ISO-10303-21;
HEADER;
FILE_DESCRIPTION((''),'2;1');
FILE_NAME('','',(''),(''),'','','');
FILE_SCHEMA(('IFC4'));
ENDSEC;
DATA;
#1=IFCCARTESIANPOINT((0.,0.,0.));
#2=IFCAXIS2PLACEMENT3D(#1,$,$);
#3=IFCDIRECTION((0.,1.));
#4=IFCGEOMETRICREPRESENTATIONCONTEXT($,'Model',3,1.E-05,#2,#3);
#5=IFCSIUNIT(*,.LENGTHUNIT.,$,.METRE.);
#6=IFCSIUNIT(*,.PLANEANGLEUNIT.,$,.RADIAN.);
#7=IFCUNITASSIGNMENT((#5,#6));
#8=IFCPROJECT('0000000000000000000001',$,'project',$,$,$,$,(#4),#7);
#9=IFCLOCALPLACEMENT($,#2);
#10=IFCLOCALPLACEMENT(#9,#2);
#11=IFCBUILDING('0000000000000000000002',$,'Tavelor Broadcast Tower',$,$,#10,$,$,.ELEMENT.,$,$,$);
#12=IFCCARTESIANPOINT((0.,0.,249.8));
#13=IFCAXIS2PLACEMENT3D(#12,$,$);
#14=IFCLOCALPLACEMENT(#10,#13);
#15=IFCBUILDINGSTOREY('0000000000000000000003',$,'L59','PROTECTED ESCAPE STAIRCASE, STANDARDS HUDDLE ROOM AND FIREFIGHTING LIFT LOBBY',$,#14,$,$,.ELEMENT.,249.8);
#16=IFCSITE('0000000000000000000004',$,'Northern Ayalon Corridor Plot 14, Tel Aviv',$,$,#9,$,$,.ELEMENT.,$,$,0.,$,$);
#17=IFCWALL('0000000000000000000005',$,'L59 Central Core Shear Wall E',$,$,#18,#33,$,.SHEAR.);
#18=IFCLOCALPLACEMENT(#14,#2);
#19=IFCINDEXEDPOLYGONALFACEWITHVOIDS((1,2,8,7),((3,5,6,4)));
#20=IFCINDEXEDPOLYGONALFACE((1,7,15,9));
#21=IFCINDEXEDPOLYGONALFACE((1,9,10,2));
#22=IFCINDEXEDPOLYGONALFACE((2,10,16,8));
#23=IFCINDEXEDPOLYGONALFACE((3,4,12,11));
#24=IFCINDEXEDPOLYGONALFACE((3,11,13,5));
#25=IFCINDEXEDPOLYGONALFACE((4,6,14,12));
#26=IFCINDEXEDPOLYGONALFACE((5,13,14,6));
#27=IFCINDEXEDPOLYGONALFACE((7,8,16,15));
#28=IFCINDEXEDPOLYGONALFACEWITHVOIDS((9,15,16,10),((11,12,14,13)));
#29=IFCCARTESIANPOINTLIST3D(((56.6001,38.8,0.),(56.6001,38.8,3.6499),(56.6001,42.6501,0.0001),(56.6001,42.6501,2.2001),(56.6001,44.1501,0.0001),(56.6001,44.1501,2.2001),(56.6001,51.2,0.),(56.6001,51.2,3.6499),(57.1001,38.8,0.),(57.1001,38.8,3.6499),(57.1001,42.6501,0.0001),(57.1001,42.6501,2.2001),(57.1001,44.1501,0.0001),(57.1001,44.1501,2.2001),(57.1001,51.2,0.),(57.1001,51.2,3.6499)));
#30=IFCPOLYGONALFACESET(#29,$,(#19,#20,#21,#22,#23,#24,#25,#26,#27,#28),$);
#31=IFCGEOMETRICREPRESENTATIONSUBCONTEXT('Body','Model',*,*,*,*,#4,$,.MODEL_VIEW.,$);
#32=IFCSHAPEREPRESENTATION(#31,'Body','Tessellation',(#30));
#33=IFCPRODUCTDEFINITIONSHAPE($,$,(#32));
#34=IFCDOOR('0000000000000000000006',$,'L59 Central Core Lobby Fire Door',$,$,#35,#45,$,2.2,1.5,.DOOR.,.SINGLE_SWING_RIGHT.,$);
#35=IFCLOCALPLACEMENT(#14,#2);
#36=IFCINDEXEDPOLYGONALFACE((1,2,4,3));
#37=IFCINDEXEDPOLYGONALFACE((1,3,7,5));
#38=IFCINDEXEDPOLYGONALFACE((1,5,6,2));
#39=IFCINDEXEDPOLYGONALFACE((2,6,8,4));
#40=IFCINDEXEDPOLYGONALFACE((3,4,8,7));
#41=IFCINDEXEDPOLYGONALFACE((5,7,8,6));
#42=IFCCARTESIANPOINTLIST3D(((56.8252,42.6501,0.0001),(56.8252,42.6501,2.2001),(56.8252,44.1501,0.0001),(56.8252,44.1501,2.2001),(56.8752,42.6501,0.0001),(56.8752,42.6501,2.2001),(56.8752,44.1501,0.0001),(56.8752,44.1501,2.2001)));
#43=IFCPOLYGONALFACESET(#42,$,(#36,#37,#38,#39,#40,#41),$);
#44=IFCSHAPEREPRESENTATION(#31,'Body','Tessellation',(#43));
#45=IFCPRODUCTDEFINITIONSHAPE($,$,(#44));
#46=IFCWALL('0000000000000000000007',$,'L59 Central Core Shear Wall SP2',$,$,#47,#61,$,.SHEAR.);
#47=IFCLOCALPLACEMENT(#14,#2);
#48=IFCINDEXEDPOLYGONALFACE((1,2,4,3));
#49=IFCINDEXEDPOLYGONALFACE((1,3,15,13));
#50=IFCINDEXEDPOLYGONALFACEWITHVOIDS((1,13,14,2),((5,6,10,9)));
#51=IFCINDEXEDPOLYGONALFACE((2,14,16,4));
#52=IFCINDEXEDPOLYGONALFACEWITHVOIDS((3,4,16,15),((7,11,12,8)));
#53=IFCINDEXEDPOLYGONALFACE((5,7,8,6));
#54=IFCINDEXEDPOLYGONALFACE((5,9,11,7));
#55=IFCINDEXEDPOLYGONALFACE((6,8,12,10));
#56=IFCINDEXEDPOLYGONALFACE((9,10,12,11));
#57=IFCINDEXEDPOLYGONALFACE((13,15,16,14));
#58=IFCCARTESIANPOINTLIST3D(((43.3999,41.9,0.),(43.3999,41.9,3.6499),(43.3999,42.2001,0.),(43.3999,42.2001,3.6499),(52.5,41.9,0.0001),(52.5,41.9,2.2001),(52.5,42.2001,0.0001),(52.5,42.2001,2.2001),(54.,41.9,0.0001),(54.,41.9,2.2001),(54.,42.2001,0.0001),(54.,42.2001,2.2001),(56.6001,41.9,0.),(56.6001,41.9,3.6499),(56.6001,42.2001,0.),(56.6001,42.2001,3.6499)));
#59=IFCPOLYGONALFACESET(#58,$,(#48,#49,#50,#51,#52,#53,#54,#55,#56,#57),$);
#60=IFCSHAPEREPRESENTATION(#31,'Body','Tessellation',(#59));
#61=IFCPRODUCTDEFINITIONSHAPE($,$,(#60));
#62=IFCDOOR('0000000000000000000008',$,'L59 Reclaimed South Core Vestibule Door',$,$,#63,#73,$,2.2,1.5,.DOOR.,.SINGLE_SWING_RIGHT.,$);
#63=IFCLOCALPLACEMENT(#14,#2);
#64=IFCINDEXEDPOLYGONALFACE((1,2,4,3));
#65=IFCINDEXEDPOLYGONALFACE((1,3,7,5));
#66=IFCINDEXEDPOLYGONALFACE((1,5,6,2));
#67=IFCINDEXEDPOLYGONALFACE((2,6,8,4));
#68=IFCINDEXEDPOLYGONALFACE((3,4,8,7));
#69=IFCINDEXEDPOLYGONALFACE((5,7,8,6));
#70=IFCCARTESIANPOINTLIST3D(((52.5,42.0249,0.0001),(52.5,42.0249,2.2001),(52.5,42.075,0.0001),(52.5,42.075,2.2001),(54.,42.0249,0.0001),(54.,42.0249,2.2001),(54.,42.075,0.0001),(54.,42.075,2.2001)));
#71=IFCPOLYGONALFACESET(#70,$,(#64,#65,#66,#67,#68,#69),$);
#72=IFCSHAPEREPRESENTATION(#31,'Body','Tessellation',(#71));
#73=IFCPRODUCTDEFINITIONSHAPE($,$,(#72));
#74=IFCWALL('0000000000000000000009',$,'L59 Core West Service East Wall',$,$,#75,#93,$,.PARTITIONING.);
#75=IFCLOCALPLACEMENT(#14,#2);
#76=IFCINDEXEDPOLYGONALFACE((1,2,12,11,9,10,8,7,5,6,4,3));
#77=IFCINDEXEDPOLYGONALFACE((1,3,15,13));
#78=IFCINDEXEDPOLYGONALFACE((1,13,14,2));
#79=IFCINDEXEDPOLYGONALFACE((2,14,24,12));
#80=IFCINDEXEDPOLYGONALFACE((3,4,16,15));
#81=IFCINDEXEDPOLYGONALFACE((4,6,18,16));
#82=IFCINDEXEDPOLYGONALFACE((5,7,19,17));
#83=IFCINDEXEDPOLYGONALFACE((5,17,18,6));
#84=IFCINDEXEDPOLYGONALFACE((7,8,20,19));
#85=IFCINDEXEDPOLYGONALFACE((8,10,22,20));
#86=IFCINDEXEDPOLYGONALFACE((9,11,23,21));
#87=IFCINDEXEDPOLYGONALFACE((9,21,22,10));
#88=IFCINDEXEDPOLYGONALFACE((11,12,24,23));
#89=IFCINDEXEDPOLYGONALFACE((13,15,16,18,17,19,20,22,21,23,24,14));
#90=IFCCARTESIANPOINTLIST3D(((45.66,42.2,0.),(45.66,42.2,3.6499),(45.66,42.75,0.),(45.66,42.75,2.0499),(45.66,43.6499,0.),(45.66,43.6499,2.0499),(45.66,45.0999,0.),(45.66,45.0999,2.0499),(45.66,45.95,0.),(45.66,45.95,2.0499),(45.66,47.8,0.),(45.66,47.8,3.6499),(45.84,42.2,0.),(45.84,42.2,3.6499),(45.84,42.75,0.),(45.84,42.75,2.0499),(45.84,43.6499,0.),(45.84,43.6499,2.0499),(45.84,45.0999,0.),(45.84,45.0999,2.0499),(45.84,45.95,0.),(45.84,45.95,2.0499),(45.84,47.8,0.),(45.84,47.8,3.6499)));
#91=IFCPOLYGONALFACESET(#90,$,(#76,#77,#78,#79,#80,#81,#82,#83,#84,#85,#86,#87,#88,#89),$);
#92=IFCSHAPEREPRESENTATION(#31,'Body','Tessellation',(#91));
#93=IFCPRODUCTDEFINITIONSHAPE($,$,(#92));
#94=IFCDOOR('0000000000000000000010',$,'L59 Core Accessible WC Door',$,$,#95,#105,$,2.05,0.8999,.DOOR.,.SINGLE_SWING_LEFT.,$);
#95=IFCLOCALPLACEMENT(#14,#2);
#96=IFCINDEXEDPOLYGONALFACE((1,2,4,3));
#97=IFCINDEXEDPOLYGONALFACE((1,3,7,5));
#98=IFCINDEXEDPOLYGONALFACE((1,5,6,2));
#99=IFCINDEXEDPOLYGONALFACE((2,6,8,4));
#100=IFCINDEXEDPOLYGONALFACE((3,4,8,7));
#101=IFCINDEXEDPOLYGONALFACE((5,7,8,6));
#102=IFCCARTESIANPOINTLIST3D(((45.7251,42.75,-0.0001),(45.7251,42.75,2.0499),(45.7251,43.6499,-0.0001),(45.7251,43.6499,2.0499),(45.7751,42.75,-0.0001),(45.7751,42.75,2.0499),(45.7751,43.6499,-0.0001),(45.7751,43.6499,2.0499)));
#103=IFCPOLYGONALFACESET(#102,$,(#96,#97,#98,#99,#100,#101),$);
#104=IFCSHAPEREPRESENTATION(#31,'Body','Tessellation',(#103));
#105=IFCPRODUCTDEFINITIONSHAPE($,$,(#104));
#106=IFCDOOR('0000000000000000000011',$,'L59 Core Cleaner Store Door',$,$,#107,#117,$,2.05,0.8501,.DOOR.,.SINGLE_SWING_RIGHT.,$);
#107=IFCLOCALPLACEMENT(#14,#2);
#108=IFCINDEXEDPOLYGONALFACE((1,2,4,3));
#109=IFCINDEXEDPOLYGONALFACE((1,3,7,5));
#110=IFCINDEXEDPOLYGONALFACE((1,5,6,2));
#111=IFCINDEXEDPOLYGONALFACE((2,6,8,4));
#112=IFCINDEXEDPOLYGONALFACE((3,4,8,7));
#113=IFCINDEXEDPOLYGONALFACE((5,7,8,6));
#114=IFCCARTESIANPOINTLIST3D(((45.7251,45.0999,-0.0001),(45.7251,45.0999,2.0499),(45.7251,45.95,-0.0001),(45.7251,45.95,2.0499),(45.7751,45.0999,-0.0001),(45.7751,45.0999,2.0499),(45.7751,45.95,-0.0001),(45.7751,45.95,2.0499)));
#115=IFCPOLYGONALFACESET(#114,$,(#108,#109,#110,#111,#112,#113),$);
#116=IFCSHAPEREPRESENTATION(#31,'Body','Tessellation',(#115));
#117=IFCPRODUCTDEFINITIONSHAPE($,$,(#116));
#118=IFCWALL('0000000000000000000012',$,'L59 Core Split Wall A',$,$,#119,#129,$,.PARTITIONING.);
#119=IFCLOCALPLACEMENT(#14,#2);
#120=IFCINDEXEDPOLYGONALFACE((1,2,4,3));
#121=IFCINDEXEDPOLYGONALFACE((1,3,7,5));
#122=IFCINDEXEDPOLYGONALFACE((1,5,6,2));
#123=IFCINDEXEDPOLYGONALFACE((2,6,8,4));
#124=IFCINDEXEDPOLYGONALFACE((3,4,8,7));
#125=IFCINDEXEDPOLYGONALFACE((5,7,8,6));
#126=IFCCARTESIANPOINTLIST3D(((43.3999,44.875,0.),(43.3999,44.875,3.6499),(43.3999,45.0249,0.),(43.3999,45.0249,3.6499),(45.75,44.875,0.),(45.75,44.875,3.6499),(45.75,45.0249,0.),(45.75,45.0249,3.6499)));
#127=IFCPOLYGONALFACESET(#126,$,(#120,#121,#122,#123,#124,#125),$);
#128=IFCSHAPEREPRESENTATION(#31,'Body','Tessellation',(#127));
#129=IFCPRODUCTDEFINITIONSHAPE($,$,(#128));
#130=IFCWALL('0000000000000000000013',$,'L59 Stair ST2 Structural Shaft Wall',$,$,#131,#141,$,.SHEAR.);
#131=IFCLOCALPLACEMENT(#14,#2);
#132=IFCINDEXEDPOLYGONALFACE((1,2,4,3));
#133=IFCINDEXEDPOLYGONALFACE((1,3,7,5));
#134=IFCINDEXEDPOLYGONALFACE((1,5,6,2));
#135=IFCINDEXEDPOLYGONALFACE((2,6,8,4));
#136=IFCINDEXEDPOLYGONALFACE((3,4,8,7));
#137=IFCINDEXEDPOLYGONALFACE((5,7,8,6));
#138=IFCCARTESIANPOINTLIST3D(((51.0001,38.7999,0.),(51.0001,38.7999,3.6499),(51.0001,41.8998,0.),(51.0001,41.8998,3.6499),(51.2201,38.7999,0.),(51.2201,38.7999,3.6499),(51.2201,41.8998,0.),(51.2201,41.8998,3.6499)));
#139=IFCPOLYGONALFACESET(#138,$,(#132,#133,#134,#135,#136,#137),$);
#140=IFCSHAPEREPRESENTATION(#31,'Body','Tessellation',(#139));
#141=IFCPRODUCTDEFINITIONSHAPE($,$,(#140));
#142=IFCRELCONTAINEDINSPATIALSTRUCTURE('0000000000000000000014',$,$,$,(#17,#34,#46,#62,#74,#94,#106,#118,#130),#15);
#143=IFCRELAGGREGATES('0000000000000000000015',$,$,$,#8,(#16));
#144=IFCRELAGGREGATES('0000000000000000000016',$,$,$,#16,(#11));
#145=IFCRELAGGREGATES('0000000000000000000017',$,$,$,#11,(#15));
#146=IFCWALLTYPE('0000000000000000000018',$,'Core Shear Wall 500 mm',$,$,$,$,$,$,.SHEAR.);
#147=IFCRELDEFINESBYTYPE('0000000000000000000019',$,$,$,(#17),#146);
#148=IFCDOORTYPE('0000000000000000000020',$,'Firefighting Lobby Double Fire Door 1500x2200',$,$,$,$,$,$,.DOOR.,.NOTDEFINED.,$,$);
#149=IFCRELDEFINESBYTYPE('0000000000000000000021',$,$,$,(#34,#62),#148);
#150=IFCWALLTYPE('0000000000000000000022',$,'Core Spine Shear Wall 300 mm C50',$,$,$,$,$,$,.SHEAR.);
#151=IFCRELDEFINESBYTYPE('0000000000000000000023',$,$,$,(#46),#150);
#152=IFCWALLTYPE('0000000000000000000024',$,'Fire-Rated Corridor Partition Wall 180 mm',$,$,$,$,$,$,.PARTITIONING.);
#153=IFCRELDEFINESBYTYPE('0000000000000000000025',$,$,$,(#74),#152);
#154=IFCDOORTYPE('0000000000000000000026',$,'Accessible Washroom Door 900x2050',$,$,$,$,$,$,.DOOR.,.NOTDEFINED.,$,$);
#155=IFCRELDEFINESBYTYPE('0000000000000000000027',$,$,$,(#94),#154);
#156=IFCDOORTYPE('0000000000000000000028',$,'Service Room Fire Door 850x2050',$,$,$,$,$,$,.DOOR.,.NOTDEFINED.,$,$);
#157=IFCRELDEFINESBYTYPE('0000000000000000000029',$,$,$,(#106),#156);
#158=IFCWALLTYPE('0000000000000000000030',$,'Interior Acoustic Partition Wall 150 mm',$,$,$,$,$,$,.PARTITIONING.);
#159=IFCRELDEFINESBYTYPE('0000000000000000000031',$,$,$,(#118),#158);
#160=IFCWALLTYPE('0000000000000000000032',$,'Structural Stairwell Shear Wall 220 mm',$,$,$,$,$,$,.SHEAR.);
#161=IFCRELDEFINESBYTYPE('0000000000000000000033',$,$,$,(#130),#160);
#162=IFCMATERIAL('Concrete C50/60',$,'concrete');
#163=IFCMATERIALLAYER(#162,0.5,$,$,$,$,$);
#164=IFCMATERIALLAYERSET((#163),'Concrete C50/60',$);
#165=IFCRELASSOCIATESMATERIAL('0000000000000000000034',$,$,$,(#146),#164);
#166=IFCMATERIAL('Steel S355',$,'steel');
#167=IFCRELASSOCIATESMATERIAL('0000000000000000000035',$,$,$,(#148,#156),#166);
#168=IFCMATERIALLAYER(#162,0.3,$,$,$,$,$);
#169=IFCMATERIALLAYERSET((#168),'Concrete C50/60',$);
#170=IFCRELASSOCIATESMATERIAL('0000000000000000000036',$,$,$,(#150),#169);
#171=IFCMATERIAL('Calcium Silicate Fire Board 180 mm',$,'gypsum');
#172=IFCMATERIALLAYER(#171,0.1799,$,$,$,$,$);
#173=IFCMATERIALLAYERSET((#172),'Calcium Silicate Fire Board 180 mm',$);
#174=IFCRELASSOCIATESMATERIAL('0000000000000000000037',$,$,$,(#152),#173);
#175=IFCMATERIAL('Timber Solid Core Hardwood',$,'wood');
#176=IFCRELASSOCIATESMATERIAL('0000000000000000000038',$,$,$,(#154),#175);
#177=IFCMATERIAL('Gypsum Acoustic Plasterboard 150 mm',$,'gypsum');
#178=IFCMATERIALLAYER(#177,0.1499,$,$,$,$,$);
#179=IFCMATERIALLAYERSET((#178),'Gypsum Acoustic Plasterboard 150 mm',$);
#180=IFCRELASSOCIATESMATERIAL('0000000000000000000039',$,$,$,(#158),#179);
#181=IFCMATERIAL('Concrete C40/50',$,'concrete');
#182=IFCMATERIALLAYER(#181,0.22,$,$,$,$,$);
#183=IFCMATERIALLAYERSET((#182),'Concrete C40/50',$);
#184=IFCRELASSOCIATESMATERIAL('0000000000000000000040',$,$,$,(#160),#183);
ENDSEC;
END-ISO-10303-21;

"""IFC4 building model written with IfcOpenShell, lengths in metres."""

from ifc_helpers import new_model, si_unit, direction, frame, frame_2d, origin, place, context, subcontext, project, spatial, rectangle, extrude, material, layer, layer_set, type_object, element, fill, save


model = new_model("IFC4")

# Units and contexts
model_context = context("Model", 3, precision=1e-05, world=origin(), true_north=direction((0.0, 1.0)))
body_context = subcontext(model_context, "Body", "Model", "MODEL_VIEW")
ifc_project = project(units=[si_unit("LENGTHUNIT", "METRE"), si_unit("PLANEANGLEUNIT", "RADIAN")], contexts=[model_context])

# Site, building, storey
site_placement = place(None, origin())
site = spatial("IfcSite", under=ifc_project, at=site_placement, Name="Northern Ayalon Corridor Plot 14, Tel Aviv", CompositionType="ELEMENT", RefElevation=0.0)
building_placement = place(site_placement, origin())
building = spatial("IfcBuilding", under=site, at=building_placement, Name="Tavelor Broadcast Tower", CompositionType="ELEMENT")
storey_placement = place(building_placement, frame((0.0, 0.0, 249.8)))
storey = spatial("IfcBuildingStorey", under=building, at=storey_placement, Name="L59", Description="PROTECTED ESCAPE STAIRCASE, STANDARDS HUDDLE ROOM AND FIREFIGHTING LIFT LOBBY", CompositionType="ELEMENT", Elevation=249.8)

# Shared definitions
ifc_material_1 = material(Name="Concrete C50/60", Category="concrete")

# Shared definitions
ifc_material_2 = material(Name="Concrete C40/50", Category="concrete")
ifc_material_3 = material(Name="Steel S355", Category="steel")

# Walls, openings, doors
ifc_layer_1 = layer(ifc_material_1, 0.5)
ifc_layer_set_1 = layer_set([ifc_layer_1], Name="Concrete C50/60")
wall_type_1 = type_object("IfcWallType", Name="Core Shear Wall 500 mm", PredefinedType="SHEAR", material=ifc_layer_set_1)
wall_1_placement = place(storey_placement, frame((56.8501, 38.8, 0.0), z_axis=(0.0, 0.0, 1.0), x_axis=(0.0, 1.0, 0.0)))
wall_1 = element("IfcWall", 1, at=wall_1_placement, inside=storey, type_object=wall_type_1, Name="L59 Central Core Shear Wall E", PredefinedType="SHEAR", context=body_context, shape_type="SweptSolid", body=[
    extrude(rectangle(XDim=12.3999, YDim=0.5, at=frame_2d((6.2, 0.0))), origin(), (0.0, 0.0, 1.0), 3.6499),
])
opening_1_placement = place(wall_1_placement, frame((3.8501, 0.0, 0.0)))
opening_1 = element("IfcOpeningElement", 2, at=opening_1_placement, cuts=wall_1, PredefinedType="OPENING", context=body_context, shape_type="SweptSolid", body=[
    extrude(rectangle(XDim=1.5, YDim=2.2, at=frame_2d((0.75, 1.1001))), frame((0.0, 0.26, 0.0), z_axis=(0.0, -1.0, 0.0), x_axis=(1.0, 0.0, 0.0)), (0.0, 0.0, 1.0), 0.52),
])
door_type_1 = type_object("IfcDoorType", Name="Firefighting Lobby Double Fire Door 1500x2200", OperationType="NOTDEFINED", PredefinedType="DOOR", material=ifc_material_3)
door_1_placement = place(opening_1_placement, origin())
door_1 = element("IfcDoor", 3, at=door_1_placement, inside=storey, type_object=door_type_1, Name="L59 Central Core Lobby Fire Door", OperationType="SINGLE_SWING_RIGHT", OverallHeight=2.2, OverallWidth=1.5, PredefinedType="DOOR", context=body_context, shape_type="SweptSolid", body=[
    extrude(rectangle(XDim=1.5, YDim=2.2, at=frame_2d((0.75, 1.1001))), frame((0.0, 0.0249, 0.0), z_axis=(0.0, -1.0, 0.0), x_axis=(1.0, 0.0, 0.0)), (0.0, 0.0, 1.0), 0.05),
])
fill(opening_1, door_1)
ifc_layer_2 = layer(ifc_material_1, 0.3)
ifc_layer_set_2 = layer_set([ifc_layer_2], Name="Concrete C50/60")
wall_type_2 = type_object("IfcWallType", Name="Core Spine Shear Wall 300 mm C50", PredefinedType="SHEAR", material=ifc_layer_set_2)
wall_2_placement = place(storey_placement, frame((43.3999, 42.05, 0.0), z_axis=(0.0, 0.0, 1.0), x_axis=(1.0, 0.0, 0.0)))
wall_2 = element("IfcWall", 4, at=wall_2_placement, inside=storey, type_object=wall_type_2, Name="L59 Central Core Shear Wall SP2", PredefinedType="SHEAR", context=body_context, shape_type="SweptSolid", body=[
    extrude(rectangle(XDim=13.2002, YDim=0.3, at=frame_2d((6.6001, 0.0))), origin(), (0.0, 0.0, 1.0), 3.6499),
])
opening_2_placement = place(wall_2_placement, frame((9.1001, 0.0, 0.0)))
opening_2 = element("IfcOpeningElement", 5, at=opening_2_placement, cuts=wall_2, PredefinedType="OPENING", context=body_context, shape_type="SweptSolid", body=[
    extrude(rectangle(XDim=1.5, YDim=2.2, at=frame_2d((0.75, 1.1001))), frame((0.0, 0.1602, 0.0), z_axis=(0.0, -1.0, 0.0), x_axis=(1.0, 0.0, 0.0)), (0.0, 0.0, 1.0), 0.3201),
])
door_2_placement = place(opening_2_placement, origin())
door_2 = element("IfcDoor", 6, at=door_2_placement, inside=storey, type_object=door_type_1, Name="L59 Reclaimed South Core Vestibule Door", OperationType="SINGLE_SWING_RIGHT", OverallHeight=2.2, OverallWidth=1.5, PredefinedType="DOOR", context=body_context, shape_type="SweptSolid", body=[
    extrude(rectangle(XDim=1.5, YDim=2.2, at=frame_2d((0.75, 1.1001))), frame((0.0, 0.0249, 0.0), z_axis=(0.0, -1.0, 0.0), x_axis=(1.0, 0.0, 0.0)), (0.0, 0.0, 1.0), 0.05),
])
fill(opening_2, door_2)

# Wall, openings, doors
ifc_material_4 = material(Name="Calcium Silicate Fire Board 180 mm", Category="gypsum")
ifc_layer_3 = layer(ifc_material_4, 0.1799)
ifc_layer_set_3 = layer_set([ifc_layer_3], Name="Calcium Silicate Fire Board 180 mm")
wall_type_3 = type_object("IfcWallType", Name="Fire-Rated Corridor Partition Wall 180 mm", PredefinedType="PARTITIONING", material=ifc_layer_set_3)
wall_3_placement = place(storey_placement, frame((45.75, 42.2, 0.0), z_axis=(0.0, 0.0, 1.0), x_axis=(0.0, 1.0, 0.0)))
wall_3 = element("IfcWall", 7, at=wall_3_placement, inside=storey, type_object=wall_type_3, Name="L59 Core West Service East Wall", PredefinedType="PARTITIONING", context=body_context, shape_type="SweptSolid", body=[
    extrude(rectangle(XDim=5.6001, YDim=0.1799, at=frame_2d((2.8, 0.0))), origin(), (0.0, 0.0, 1.0), 3.6499),
])
opening_3_placement = place(wall_3_placement, frame((0.55, 0.0, 0.0)))
opening_3 = element("IfcOpeningElement", 8, at=opening_3_placement, cuts=wall_3, PredefinedType="OPENING", context=body_context, shape_type="SweptSolid", body=[
    extrude(rectangle(XDim=0.8999, YDim=2.05, at=frame_2d((0.45, 1.0249))), frame((0.0, 0.1001, 0.0), z_axis=(0.0, -1.0, 0.0), x_axis=(1.0, 0.0, 0.0)), (0.0, 0.0, 1.0), 0.2),
])
opening_4_placement = place(wall_3_placement, frame((2.8999, 0.0, 0.0)))
opening_4 = element("IfcOpeningElement", 9, at=opening_4_placement, cuts=wall_3, PredefinedType="OPENING", context=body_context, shape_type="SweptSolid", body=[
    extrude(rectangle(XDim=0.8501, YDim=2.05, at=frame_2d((0.425, 1.0249))), frame((0.0, 0.1001, 0.0), z_axis=(0.0, -1.0, 0.0), x_axis=(1.0, 0.0, 0.0)), (0.0, 0.0, 1.0), 0.2),
])
ifc_material_5 = material(Name="Timber Solid Core Hardwood", Category="wood")
door_type_2 = type_object("IfcDoorType", Name="Accessible Washroom Door 900x2050", OperationType="NOTDEFINED", PredefinedType="DOOR", material=ifc_material_5)
door_3_placement = place(opening_3_placement, origin())
door_3 = element("IfcDoor", 10, at=door_3_placement, inside=storey, type_object=door_type_2, Name="L59 Core Accessible WC Door", OperationType="SINGLE_SWING_LEFT", OverallHeight=2.05, OverallWidth=0.8999, PredefinedType="DOOR", context=body_context, shape_type="SweptSolid", body=[
    extrude(rectangle(XDim=0.8999, YDim=2.05, at=frame_2d((0.45, 1.0249))), frame((0.0, 0.0249, 0.0), z_axis=(0.0, -1.0, 0.0), x_axis=(1.0, 0.0, 0.0)), (0.0, 0.0, 1.0), 0.05),
])
fill(opening_3, door_3)
door_type_3 = type_object("IfcDoorType", Name="Service Room Fire Door 850x2050", OperationType="NOTDEFINED", PredefinedType="DOOR", material=ifc_material_3)
door_4_placement = place(opening_4_placement, origin())
door_4 = element("IfcDoor", 11, at=door_4_placement, inside=storey, type_object=door_type_3, Name="L59 Core Cleaner Store Door", OperationType="SINGLE_SWING_RIGHT", OverallHeight=2.05, OverallWidth=0.8501, PredefinedType="DOOR", context=body_context, shape_type="SweptSolid", body=[
    extrude(rectangle(XDim=0.8501, YDim=2.05, at=frame_2d((0.425, 1.0249))), frame((0.0, 0.0249, 0.0), z_axis=(0.0, -1.0, 0.0), x_axis=(1.0, 0.0, 0.0)), (0.0, 0.0, 1.0), 0.05),
])
fill(opening_4, door_4)

# Walls
ifc_material_6 = material(Name="Gypsum Acoustic Plasterboard 150 mm", Category="gypsum")
ifc_layer_4 = layer(ifc_material_6, 0.1499)
ifc_layer_set_4 = layer_set([ifc_layer_4], Name="Gypsum Acoustic Plasterboard 150 mm")
wall_type_4 = type_object("IfcWallType", Name="Interior Acoustic Partition Wall 150 mm", PredefinedType="PARTITIONING", material=ifc_layer_set_4)
wall_4_placement = place(storey_placement, frame((43.3999, 44.95, 0.0), z_axis=(0.0, 0.0, 1.0), x_axis=(1.0, 0.0, 0.0)))
element("IfcWall", 12, at=wall_4_placement, inside=storey, type_object=wall_type_4, Name="L59 Core Split Wall A", PredefinedType="PARTITIONING", context=body_context, shape_type="SweptSolid", body=[
    extrude(rectangle(XDim=2.3501, YDim=0.1499, at=frame_2d((1.175, 0.0))), origin(), (0.0, 0.0, 1.0), 3.6499),
])
ifc_layer_5 = layer(ifc_material_2, 0.22)
ifc_layer_set_5 = layer_set([ifc_layer_5], Name="Concrete C40/50")
wall_type_5 = type_object("IfcWallType", Name="Structural Stairwell Shear Wall 220 mm", PredefinedType="SHEAR", material=ifc_layer_set_5)
wall_5_placement = place(storey_placement, frame((51.1101, 38.8, 0.0), z_axis=(0.0, 0.0, 1.0), x_axis=(0.0, 1.0, 0.0)))
element("IfcWall", 13, at=wall_5_placement, inside=storey, type_object=wall_type_5, Name="L59 Stair ST2 Structural Shaft Wall", PredefinedType="SHEAR", context=body_context, shape_type="SweptSolid", body=[
    extrude(rectangle(XDim=3.0999, YDim=0.22, at=frame_2d((1.5498, 0.0))), origin(), (0.0, 0.0, 1.0), 3.6499),
])

save(model, "model.ifc")
